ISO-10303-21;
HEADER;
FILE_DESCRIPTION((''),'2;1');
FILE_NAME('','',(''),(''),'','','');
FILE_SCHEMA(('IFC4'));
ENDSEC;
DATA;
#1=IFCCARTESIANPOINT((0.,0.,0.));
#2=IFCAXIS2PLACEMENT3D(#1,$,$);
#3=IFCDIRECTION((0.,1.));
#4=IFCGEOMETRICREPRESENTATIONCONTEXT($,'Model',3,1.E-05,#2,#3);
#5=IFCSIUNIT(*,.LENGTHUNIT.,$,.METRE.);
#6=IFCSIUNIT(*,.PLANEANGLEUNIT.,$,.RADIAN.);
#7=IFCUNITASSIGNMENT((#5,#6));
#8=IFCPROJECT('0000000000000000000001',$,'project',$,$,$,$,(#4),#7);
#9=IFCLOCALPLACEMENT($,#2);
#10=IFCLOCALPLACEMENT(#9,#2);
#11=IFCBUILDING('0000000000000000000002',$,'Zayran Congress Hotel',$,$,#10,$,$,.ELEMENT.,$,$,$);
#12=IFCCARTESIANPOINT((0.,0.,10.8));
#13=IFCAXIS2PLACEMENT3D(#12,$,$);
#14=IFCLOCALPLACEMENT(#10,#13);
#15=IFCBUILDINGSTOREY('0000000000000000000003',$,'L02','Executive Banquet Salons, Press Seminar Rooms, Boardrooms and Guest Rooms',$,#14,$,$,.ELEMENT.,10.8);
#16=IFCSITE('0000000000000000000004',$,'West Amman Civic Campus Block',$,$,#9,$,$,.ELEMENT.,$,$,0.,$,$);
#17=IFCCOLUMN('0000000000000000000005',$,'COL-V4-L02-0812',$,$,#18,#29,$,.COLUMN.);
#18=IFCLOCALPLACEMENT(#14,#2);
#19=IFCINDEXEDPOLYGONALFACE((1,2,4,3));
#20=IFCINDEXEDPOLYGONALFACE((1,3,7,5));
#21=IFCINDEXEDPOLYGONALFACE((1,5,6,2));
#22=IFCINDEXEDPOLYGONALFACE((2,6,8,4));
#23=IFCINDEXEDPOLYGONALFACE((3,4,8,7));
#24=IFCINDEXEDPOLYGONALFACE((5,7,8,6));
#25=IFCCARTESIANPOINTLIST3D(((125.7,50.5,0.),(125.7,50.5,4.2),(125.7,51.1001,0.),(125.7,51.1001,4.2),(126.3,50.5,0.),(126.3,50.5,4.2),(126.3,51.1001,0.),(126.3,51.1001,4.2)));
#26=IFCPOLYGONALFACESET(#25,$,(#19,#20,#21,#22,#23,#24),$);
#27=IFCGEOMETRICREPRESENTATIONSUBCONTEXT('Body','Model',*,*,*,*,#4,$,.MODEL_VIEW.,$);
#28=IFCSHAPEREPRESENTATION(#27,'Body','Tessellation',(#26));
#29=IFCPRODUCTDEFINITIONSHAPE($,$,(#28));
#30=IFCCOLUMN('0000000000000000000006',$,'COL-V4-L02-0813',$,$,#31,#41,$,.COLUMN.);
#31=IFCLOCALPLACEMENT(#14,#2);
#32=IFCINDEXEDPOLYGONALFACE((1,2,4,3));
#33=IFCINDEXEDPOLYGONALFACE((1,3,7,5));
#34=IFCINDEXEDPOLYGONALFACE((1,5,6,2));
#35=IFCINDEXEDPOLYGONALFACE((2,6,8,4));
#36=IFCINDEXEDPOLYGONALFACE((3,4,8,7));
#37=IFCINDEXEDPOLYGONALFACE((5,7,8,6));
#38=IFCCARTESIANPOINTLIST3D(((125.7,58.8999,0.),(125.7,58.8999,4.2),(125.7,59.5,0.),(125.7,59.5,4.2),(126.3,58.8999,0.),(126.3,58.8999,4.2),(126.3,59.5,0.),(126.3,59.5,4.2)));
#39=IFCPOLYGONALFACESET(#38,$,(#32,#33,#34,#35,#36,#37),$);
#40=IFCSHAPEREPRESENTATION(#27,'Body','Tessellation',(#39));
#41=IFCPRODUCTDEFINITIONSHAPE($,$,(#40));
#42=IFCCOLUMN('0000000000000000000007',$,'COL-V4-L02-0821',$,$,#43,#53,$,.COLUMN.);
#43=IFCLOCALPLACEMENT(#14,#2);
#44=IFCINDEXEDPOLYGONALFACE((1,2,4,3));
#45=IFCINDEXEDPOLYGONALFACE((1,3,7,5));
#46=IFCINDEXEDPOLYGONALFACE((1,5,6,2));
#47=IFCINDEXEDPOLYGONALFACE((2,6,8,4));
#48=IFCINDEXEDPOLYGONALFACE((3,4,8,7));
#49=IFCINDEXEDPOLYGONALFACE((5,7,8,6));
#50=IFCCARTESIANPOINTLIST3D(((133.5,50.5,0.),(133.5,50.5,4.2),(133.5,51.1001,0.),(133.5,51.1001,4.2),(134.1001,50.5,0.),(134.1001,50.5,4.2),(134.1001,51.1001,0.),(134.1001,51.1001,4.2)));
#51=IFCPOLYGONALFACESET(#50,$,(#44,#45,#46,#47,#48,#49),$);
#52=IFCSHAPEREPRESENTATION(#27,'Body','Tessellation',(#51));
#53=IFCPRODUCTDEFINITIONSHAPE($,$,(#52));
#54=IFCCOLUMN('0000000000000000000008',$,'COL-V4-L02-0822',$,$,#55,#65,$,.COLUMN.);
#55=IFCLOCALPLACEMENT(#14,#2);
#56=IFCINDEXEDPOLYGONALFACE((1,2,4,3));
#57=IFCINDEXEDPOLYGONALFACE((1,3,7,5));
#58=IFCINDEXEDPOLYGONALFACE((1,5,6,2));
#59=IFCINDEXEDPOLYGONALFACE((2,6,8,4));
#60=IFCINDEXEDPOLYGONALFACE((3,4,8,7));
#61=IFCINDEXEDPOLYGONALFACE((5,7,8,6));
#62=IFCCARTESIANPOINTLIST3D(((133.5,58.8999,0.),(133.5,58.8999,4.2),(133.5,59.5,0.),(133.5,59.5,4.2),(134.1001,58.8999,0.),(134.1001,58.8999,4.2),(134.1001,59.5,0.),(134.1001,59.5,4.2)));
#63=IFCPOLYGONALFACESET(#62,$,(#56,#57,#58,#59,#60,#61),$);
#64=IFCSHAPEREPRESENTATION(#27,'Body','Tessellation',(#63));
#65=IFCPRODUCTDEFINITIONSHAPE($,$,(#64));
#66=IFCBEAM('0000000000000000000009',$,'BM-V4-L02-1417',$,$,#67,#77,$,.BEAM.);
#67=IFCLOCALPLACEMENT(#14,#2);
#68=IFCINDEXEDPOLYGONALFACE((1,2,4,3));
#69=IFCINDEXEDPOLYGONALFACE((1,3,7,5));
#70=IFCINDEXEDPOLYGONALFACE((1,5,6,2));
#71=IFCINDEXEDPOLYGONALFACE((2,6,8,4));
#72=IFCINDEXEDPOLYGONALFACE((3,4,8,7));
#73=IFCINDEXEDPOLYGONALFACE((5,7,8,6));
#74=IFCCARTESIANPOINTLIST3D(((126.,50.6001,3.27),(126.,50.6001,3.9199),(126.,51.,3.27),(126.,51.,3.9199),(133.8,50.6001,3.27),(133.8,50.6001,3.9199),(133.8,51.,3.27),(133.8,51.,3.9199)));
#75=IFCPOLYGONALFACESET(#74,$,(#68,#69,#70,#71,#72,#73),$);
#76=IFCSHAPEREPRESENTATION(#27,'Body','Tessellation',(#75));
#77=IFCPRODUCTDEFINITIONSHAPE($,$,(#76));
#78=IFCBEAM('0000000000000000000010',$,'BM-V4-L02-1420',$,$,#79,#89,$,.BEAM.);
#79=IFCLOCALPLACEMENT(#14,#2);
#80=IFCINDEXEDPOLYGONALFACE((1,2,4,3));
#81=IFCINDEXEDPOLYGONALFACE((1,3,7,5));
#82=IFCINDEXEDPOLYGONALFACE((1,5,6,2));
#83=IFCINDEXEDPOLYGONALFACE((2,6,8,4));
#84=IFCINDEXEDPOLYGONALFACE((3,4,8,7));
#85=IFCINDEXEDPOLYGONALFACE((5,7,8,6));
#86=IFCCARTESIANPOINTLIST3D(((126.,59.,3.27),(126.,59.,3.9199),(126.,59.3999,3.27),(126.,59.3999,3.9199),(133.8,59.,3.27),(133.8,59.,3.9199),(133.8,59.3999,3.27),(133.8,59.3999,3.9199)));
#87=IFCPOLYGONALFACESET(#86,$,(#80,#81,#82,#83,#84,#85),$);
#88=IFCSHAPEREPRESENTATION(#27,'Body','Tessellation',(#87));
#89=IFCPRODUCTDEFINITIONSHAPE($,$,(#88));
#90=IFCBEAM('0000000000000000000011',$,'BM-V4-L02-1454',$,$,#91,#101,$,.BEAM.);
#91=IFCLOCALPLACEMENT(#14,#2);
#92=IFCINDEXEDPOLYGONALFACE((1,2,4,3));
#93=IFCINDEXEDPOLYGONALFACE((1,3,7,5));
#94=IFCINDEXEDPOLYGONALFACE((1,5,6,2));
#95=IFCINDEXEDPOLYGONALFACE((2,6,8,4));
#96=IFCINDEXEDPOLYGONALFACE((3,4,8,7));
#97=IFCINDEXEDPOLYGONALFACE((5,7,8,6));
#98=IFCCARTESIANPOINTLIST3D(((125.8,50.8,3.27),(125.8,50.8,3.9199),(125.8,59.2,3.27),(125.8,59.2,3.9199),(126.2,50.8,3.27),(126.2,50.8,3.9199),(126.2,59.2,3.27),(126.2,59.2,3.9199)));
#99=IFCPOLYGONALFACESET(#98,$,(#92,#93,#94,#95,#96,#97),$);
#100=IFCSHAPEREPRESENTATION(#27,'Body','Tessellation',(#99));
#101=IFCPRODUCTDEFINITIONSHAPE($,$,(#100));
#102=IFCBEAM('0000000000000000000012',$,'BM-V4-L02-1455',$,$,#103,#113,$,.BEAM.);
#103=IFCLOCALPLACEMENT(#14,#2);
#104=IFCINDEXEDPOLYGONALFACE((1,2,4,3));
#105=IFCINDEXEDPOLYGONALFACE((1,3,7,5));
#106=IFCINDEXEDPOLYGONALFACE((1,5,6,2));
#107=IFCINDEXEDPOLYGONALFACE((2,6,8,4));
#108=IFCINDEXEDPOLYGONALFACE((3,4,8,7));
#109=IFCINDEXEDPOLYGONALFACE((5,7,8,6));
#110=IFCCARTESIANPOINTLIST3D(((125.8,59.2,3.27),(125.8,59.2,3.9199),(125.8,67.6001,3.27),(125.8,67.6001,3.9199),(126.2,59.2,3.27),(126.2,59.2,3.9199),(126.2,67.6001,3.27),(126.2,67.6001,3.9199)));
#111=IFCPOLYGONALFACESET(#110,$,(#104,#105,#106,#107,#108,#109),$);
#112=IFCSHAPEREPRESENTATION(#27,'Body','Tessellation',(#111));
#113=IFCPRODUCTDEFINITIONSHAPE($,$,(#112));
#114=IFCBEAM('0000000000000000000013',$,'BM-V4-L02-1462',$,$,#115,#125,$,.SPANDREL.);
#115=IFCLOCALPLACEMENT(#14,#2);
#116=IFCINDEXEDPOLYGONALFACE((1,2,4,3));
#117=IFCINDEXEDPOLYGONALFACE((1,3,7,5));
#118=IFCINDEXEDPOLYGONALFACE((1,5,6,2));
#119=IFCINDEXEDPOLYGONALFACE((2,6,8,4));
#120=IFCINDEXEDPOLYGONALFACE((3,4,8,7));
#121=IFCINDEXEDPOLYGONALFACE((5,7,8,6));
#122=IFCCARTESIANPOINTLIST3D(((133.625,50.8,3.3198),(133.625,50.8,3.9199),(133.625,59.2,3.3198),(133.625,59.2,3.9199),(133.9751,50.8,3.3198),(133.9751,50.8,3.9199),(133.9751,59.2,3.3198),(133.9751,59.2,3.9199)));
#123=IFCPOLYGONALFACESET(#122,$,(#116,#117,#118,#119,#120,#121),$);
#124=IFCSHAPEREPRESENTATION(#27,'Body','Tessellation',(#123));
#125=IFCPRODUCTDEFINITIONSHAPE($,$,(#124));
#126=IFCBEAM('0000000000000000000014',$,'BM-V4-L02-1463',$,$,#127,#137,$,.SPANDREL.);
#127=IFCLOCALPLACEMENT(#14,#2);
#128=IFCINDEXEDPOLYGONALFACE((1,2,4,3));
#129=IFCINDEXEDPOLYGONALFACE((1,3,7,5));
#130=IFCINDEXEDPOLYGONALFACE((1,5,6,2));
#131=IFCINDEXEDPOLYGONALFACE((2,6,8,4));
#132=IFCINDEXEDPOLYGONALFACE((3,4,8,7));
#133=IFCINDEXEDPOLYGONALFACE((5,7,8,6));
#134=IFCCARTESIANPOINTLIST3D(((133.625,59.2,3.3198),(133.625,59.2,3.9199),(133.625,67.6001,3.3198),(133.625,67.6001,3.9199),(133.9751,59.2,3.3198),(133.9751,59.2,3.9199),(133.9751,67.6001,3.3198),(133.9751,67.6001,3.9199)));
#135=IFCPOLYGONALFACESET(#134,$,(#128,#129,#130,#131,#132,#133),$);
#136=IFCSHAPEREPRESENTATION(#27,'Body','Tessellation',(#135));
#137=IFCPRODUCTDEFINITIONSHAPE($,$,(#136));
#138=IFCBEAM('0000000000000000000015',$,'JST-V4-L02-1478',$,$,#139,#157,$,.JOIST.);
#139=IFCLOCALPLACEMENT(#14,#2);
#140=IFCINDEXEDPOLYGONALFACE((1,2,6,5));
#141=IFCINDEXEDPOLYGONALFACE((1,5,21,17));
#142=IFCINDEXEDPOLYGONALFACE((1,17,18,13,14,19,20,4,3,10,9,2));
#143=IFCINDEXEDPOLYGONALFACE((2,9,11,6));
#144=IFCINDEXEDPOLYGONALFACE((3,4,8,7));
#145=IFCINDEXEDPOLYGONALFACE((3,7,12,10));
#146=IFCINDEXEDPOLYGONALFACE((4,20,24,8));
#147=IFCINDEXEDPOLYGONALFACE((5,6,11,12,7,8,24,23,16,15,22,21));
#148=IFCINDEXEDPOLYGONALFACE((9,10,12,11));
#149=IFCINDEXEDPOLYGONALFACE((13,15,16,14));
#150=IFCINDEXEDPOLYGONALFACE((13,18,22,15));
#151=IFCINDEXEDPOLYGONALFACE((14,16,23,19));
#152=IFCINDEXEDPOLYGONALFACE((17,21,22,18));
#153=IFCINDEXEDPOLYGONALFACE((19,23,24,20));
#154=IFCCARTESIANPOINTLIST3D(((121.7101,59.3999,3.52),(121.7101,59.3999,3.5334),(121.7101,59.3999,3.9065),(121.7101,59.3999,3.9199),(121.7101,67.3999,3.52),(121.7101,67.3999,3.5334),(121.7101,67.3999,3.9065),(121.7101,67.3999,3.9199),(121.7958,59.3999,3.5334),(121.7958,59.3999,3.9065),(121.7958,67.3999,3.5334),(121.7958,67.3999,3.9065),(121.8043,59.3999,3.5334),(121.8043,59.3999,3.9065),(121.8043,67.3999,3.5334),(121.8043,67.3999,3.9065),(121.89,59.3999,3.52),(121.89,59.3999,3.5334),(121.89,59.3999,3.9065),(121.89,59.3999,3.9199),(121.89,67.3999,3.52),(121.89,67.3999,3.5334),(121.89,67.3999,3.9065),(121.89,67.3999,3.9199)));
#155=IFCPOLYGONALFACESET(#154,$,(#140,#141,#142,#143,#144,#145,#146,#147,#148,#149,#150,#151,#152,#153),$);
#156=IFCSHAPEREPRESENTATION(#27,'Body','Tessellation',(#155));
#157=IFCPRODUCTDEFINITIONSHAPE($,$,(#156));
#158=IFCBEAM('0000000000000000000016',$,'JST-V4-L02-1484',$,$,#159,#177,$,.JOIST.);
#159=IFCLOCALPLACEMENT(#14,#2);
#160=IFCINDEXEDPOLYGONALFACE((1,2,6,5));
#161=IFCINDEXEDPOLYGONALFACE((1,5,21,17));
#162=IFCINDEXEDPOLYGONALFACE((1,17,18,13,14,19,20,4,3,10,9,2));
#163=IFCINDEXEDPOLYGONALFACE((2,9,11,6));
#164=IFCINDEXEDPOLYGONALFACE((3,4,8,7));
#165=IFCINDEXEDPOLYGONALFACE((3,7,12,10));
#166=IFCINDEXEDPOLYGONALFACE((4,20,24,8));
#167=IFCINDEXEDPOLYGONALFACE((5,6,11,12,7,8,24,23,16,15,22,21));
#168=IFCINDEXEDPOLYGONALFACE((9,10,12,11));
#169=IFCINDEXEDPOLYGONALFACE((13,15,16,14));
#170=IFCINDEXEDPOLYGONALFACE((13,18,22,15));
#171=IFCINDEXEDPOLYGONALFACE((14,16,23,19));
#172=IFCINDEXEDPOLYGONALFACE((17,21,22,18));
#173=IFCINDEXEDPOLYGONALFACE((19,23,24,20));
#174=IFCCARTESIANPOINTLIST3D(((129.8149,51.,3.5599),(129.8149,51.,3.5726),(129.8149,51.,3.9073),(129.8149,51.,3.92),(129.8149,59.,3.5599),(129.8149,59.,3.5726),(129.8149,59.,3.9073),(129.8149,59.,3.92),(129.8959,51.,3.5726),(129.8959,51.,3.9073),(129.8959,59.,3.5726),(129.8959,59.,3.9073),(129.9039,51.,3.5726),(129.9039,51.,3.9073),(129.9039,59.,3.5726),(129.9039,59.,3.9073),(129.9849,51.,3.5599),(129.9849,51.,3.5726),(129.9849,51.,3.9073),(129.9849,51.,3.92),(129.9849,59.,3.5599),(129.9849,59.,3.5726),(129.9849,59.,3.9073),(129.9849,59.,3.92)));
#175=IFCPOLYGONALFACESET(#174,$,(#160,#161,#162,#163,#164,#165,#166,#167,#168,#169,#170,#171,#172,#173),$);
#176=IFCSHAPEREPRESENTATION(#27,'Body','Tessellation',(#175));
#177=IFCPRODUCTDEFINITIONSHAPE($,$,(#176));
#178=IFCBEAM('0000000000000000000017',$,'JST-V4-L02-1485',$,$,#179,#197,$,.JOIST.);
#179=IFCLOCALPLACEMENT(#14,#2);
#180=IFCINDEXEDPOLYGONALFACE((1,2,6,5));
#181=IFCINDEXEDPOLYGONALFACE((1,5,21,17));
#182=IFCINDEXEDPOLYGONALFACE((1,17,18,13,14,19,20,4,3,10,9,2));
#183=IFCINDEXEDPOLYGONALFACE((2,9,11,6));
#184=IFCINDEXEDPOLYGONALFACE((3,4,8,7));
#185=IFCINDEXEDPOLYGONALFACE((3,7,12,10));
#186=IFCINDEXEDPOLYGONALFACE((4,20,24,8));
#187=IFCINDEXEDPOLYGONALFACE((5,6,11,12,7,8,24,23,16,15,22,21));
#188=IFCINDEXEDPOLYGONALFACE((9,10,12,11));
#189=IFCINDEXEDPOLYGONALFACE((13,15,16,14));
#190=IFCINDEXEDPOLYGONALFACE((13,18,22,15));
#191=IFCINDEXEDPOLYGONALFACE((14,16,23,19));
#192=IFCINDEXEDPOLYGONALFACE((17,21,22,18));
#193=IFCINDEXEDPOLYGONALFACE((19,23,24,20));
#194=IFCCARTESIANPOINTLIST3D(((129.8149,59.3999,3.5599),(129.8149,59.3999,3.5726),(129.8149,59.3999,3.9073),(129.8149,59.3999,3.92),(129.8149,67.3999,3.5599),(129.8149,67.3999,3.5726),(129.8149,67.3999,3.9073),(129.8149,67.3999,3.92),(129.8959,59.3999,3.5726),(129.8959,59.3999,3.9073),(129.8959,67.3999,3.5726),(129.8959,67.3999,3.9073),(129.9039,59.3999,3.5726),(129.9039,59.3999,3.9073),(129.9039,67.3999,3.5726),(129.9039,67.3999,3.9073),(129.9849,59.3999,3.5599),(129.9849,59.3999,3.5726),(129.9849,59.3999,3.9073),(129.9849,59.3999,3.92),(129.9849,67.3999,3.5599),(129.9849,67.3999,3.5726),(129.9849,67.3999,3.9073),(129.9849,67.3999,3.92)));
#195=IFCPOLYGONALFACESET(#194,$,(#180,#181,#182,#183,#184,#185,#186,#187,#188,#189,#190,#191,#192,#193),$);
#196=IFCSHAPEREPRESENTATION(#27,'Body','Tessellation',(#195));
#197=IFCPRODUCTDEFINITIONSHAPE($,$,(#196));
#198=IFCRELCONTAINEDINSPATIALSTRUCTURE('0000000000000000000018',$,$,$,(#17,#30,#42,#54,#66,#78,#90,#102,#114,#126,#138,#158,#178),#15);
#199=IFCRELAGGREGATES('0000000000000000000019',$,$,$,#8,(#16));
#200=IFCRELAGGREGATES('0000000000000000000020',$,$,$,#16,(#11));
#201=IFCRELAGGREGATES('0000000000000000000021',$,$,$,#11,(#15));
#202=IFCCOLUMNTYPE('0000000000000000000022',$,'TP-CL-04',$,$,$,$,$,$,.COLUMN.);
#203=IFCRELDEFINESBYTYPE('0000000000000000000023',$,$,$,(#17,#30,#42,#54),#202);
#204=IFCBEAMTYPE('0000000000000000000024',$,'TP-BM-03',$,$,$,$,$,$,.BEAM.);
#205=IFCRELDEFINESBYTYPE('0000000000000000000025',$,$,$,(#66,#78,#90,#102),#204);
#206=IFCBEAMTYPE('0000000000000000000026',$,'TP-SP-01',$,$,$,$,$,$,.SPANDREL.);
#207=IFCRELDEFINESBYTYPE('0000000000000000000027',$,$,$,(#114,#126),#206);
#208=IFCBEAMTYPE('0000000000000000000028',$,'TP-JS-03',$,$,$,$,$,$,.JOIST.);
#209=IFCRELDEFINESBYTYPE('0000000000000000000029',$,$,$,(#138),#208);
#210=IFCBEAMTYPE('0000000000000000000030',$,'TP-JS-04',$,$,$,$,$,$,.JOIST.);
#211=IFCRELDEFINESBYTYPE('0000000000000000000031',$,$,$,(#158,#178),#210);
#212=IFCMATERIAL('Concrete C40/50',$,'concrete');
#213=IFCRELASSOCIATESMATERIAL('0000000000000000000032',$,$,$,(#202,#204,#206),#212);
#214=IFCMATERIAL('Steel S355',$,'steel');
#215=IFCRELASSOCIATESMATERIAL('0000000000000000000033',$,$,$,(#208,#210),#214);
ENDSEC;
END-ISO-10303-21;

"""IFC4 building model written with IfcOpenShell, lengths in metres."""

from ifc_helpers import new_model, si_unit, direction, frame, origin, origin_2d, place, context, subcontext, project, spatial, rectangle, i_section, extrude, material, material_profile, profile_set, type_object, element, save


model = new_model("IFC4")

# Units and contexts
model_context = context("Model", 3, precision=1e-05, world=origin(), true_north=direction((0.0, 1.0)))
body_context = subcontext(model_context, "Body", "Model", "MODEL_VIEW")
ifc_project = project(units=[si_unit("LENGTHUNIT", "METRE"), si_unit("PLANEANGLEUNIT", "RADIAN")], contexts=[model_context])

# Site, building, storey
site_placement = place(None, origin())
site = spatial("IfcSite", under=ifc_project, at=site_placement, Name="West Amman Civic Campus Block", CompositionType="ELEMENT", RefElevation=0.0)
building_placement = place(site_placement, origin())
building = spatial("IfcBuilding", under=site, at=building_placement, Name="Zayran Congress Hotel", CompositionType="ELEMENT")
storey_placement = place(building_placement, frame((0.0, 0.0, 10.8)))
storey = spatial("IfcBuildingStorey", under=building, at=storey_placement, Name="L02", Description="Executive Banquet Salons, Press Seminar Rooms, Boardrooms and Guest Rooms", CompositionType="ELEMENT", Elevation=10.8)

# Columns
ifc_material_1 = material(Name="Concrete C40/50", Category="concrete")
ifc_material_profile_1 = material_profile(ifc_material_1, rectangle(XDim=0.6001, YDim=0.6001, at=origin_2d()), Name="RC 600x600")
ifc_profile_set_1 = profile_set([ifc_material_profile_1], Name="Concrete C40/50")
column_type = type_object("IfcColumnType", Name="TP-CL-04", PredefinedType="COLUMN", material=ifc_profile_set_1)
for number, where, z_axis, x_axis, name in (
    (1, (126.0, 50.8, 0.0), (0.0, 0.0, 1.0), (1.0, 0.0, 0.0), "COL-V4-L02-0812"),
    (2, (126.0, 59.2, 0.0), (0.0, 0.0, 1.0), (1.0, 0.0, 0.0), "COL-V4-L02-0813"),
    (3, (133.8, 50.8, 0.0), (0.0, 0.0, 1.0), (1.0, 0.0, 0.0), "COL-V4-L02-0821"),
    (4, (133.8, 59.2, 0.0), (0.0, 0.0, 1.0), (1.0, 0.0, 0.0), "COL-V4-L02-0822"),
):
    element("IfcColumn", number, at=place(storey_placement, frame(where, z_axis=z_axis, x_axis=x_axis)), inside=storey, type_object=column_type, Name=name, PredefinedType="COLUMN", context=body_context, shape_type="SweptSolid", body=[
        extrude(rectangle(XDim=0.6001, YDim=0.6001, at=origin_2d()), origin(), (0.0, 0.0, 1.0), 4.2),
    ])

# Beams
ifc_material_profile_2 = material_profile(ifc_material_1, rectangle(XDim=0.3999, YDim=0.6499, at=origin_2d()), Name="RC 400x650")
ifc_profile_set_2 = profile_set([ifc_material_profile_2], Name="Concrete C40/50")
beam_type_1 = type_object("IfcBeamType", Name="TP-BM-03", PredefinedType="BEAM", material=ifc_profile_set_2)
for number, where, z_axis, x_axis, name in (
    (5, (126.0, 50.8, 3.595), (1.0, 0.0, 0.0), (0.0, 1.0, 0.0), "BM-V4-L02-1417"),
    (6, (126.0, 59.2, 3.595), (1.0, 0.0, 0.0), (0.0, 1.0, 0.0), "BM-V4-L02-1420"),
):
    element("IfcBeam", number, at=place(storey_placement, frame(where, z_axis=z_axis, x_axis=x_axis)), inside=storey, type_object=beam_type_1, Name=name, PredefinedType="BEAM", context=body_context, shape_type="SweptSolid", body=[
        extrude(rectangle(XDim=0.3999, YDim=0.6499, at=origin_2d()), origin(), (0.0, 0.0, 1.0), 7.8),
    ])
beam_1_placement = place(storey_placement, frame((126.0, 50.8, 3.595), z_axis=(0.0, 1.0, 0.0), x_axis=(-1.0, 0.0, 0.0)))
element("IfcBeam", 7, at=beam_1_placement, inside=storey, type_object=beam_type_1, Name="BM-V4-L02-1454", PredefinedType="BEAM", context=body_context, shape_type="SweptSolid", body=[
    extrude(rectangle(XDim=0.3999, YDim=0.6499, at=origin_2d()), origin(), (0.0, 0.0, 1.0), 8.3999),
])
beam_2_placement = place(storey_placement, frame((126.0, 59.2, 3.595), z_axis=(0.0, 1.0, 0.0), x_axis=(-1.0, 0.0, 0.0)))
element("IfcBeam", 8, at=beam_2_placement, inside=storey, type_object=beam_type_1, Name="BM-V4-L02-1455", PredefinedType="BEAM", context=body_context, shape_type="SweptSolid", body=[
    extrude(rectangle(XDim=0.3999, YDim=0.6499, at=origin_2d()), origin(), (0.0, 0.0, 1.0), 8.4001),
])
ifc_material_profile_3 = material_profile(ifc_material_1, rectangle(XDim=0.3501, YDim=0.6001, at=origin_2d()), Name="RC 350x600")
ifc_profile_set_3 = profile_set([ifc_material_profile_3], Name="Concrete C40/50")
beam_type_2 = type_object("IfcBeamType", Name="TP-SP-01", PredefinedType="SPANDREL", material=ifc_profile_set_3)
beam_3_placement = place(storey_placement, frame((133.8, 50.8, 3.6199), z_axis=(0.0, 1.0, 0.0), x_axis=(-1.0, 0.0, 0.0)))
element("IfcBeam", 9, at=beam_3_placement, inside=storey, type_object=beam_type_2, Name="BM-V4-L02-1462", PredefinedType="SPANDREL", context=body_context, shape_type="SweptSolid", body=[
    extrude(rectangle(XDim=0.3501, YDim=0.6001, at=origin_2d()), origin(), (0.0, 0.0, 1.0), 8.3999),
])
beam_4_placement = place(storey_placement, frame((133.8, 59.2, 3.6199), z_axis=(0.0, 1.0, 0.0), x_axis=(-1.0, 0.0, 0.0)))
element("IfcBeam", 10, at=beam_4_placement, inside=storey, type_object=beam_type_2, Name="BM-V4-L02-1463", PredefinedType="SPANDREL", context=body_context, shape_type="SweptSolid", body=[
    extrude(rectangle(XDim=0.3501, YDim=0.6001, at=origin_2d()), origin(), (0.0, 0.0, 1.0), 8.4001),
])
ifc_material_2 = material(Name="Steel S355", Category="steel")
ifc_material_profile_4 = material_profile(ifc_material_2, i_section(OverallWidth=0.1799, OverallDepth=0.3999, WebThickness=0.0085, FlangeThickness=0.0134, at=origin_2d()), Name="IPE 400")
ifc_profile_set_4 = profile_set([ifc_material_profile_4], Name="Steel S355")
beam_type_3 = type_object("IfcBeamType", Name="TP-JS-03", PredefinedType="JOIST", material=ifc_profile_set_4)
beam_5_placement = place(storey_placement, frame((121.8, 59.3999, 3.72), z_axis=(0.0, 1.0, 0.0), x_axis=(-1.0, 0.0, 0.0)))
element("IfcBeam", 11, at=beam_5_placement, inside=storey, type_object=beam_type_3, Name="JST-V4-L02-1478", PredefinedType="JOIST", context=body_context, shape_type="SweptSolid", body=[
    extrude(i_section(OverallWidth=0.1799, OverallDepth=0.3999, WebThickness=0.0085, FlangeThickness=0.0134, at=origin_2d()), origin(), (0.0, 0.0, 1.0), 8.0),
])
ifc_material_profile_5 = material_profile(ifc_material_2, i_section(OverallWidth=0.1699, OverallDepth=0.3601, WebThickness=0.0081, FlangeThickness=0.0127, at=origin_2d()), Name="IPE 360")
ifc_profile_set_5 = profile_set([ifc_material_profile_5], Name="Steel S355")
beam_type_4 = type_object("IfcBeamType", Name="TP-JS-04", PredefinedType="JOIST", material=ifc_profile_set_5)
for number, where, z_axis, x_axis, name in (
    (12, (129.8999, 51.0, 3.74), (0.0, 1.0, 0.0), (-1.0, 0.0, 0.0), "JST-V4-L02-1484"),
    (13, (129.8999, 59.3999, 3.74), (0.0, 1.0, 0.0), (-1.0, 0.0, 0.0), "JST-V4-L02-1485"),
):
    element("IfcBeam", number, at=place(storey_placement, frame(where, z_axis=z_axis, x_axis=x_axis)), inside=storey, type_object=beam_type_4, Name=name, PredefinedType="JOIST", context=body_context, shape_type="SweptSolid", body=[
        extrude(i_section(OverallWidth=0.1699, OverallDepth=0.3601, WebThickness=0.0081, FlangeThickness=0.0127, at=origin_2d()), origin(), (0.0, 0.0, 1.0), 8.0),
    ])

save(model, "model.ifc")
